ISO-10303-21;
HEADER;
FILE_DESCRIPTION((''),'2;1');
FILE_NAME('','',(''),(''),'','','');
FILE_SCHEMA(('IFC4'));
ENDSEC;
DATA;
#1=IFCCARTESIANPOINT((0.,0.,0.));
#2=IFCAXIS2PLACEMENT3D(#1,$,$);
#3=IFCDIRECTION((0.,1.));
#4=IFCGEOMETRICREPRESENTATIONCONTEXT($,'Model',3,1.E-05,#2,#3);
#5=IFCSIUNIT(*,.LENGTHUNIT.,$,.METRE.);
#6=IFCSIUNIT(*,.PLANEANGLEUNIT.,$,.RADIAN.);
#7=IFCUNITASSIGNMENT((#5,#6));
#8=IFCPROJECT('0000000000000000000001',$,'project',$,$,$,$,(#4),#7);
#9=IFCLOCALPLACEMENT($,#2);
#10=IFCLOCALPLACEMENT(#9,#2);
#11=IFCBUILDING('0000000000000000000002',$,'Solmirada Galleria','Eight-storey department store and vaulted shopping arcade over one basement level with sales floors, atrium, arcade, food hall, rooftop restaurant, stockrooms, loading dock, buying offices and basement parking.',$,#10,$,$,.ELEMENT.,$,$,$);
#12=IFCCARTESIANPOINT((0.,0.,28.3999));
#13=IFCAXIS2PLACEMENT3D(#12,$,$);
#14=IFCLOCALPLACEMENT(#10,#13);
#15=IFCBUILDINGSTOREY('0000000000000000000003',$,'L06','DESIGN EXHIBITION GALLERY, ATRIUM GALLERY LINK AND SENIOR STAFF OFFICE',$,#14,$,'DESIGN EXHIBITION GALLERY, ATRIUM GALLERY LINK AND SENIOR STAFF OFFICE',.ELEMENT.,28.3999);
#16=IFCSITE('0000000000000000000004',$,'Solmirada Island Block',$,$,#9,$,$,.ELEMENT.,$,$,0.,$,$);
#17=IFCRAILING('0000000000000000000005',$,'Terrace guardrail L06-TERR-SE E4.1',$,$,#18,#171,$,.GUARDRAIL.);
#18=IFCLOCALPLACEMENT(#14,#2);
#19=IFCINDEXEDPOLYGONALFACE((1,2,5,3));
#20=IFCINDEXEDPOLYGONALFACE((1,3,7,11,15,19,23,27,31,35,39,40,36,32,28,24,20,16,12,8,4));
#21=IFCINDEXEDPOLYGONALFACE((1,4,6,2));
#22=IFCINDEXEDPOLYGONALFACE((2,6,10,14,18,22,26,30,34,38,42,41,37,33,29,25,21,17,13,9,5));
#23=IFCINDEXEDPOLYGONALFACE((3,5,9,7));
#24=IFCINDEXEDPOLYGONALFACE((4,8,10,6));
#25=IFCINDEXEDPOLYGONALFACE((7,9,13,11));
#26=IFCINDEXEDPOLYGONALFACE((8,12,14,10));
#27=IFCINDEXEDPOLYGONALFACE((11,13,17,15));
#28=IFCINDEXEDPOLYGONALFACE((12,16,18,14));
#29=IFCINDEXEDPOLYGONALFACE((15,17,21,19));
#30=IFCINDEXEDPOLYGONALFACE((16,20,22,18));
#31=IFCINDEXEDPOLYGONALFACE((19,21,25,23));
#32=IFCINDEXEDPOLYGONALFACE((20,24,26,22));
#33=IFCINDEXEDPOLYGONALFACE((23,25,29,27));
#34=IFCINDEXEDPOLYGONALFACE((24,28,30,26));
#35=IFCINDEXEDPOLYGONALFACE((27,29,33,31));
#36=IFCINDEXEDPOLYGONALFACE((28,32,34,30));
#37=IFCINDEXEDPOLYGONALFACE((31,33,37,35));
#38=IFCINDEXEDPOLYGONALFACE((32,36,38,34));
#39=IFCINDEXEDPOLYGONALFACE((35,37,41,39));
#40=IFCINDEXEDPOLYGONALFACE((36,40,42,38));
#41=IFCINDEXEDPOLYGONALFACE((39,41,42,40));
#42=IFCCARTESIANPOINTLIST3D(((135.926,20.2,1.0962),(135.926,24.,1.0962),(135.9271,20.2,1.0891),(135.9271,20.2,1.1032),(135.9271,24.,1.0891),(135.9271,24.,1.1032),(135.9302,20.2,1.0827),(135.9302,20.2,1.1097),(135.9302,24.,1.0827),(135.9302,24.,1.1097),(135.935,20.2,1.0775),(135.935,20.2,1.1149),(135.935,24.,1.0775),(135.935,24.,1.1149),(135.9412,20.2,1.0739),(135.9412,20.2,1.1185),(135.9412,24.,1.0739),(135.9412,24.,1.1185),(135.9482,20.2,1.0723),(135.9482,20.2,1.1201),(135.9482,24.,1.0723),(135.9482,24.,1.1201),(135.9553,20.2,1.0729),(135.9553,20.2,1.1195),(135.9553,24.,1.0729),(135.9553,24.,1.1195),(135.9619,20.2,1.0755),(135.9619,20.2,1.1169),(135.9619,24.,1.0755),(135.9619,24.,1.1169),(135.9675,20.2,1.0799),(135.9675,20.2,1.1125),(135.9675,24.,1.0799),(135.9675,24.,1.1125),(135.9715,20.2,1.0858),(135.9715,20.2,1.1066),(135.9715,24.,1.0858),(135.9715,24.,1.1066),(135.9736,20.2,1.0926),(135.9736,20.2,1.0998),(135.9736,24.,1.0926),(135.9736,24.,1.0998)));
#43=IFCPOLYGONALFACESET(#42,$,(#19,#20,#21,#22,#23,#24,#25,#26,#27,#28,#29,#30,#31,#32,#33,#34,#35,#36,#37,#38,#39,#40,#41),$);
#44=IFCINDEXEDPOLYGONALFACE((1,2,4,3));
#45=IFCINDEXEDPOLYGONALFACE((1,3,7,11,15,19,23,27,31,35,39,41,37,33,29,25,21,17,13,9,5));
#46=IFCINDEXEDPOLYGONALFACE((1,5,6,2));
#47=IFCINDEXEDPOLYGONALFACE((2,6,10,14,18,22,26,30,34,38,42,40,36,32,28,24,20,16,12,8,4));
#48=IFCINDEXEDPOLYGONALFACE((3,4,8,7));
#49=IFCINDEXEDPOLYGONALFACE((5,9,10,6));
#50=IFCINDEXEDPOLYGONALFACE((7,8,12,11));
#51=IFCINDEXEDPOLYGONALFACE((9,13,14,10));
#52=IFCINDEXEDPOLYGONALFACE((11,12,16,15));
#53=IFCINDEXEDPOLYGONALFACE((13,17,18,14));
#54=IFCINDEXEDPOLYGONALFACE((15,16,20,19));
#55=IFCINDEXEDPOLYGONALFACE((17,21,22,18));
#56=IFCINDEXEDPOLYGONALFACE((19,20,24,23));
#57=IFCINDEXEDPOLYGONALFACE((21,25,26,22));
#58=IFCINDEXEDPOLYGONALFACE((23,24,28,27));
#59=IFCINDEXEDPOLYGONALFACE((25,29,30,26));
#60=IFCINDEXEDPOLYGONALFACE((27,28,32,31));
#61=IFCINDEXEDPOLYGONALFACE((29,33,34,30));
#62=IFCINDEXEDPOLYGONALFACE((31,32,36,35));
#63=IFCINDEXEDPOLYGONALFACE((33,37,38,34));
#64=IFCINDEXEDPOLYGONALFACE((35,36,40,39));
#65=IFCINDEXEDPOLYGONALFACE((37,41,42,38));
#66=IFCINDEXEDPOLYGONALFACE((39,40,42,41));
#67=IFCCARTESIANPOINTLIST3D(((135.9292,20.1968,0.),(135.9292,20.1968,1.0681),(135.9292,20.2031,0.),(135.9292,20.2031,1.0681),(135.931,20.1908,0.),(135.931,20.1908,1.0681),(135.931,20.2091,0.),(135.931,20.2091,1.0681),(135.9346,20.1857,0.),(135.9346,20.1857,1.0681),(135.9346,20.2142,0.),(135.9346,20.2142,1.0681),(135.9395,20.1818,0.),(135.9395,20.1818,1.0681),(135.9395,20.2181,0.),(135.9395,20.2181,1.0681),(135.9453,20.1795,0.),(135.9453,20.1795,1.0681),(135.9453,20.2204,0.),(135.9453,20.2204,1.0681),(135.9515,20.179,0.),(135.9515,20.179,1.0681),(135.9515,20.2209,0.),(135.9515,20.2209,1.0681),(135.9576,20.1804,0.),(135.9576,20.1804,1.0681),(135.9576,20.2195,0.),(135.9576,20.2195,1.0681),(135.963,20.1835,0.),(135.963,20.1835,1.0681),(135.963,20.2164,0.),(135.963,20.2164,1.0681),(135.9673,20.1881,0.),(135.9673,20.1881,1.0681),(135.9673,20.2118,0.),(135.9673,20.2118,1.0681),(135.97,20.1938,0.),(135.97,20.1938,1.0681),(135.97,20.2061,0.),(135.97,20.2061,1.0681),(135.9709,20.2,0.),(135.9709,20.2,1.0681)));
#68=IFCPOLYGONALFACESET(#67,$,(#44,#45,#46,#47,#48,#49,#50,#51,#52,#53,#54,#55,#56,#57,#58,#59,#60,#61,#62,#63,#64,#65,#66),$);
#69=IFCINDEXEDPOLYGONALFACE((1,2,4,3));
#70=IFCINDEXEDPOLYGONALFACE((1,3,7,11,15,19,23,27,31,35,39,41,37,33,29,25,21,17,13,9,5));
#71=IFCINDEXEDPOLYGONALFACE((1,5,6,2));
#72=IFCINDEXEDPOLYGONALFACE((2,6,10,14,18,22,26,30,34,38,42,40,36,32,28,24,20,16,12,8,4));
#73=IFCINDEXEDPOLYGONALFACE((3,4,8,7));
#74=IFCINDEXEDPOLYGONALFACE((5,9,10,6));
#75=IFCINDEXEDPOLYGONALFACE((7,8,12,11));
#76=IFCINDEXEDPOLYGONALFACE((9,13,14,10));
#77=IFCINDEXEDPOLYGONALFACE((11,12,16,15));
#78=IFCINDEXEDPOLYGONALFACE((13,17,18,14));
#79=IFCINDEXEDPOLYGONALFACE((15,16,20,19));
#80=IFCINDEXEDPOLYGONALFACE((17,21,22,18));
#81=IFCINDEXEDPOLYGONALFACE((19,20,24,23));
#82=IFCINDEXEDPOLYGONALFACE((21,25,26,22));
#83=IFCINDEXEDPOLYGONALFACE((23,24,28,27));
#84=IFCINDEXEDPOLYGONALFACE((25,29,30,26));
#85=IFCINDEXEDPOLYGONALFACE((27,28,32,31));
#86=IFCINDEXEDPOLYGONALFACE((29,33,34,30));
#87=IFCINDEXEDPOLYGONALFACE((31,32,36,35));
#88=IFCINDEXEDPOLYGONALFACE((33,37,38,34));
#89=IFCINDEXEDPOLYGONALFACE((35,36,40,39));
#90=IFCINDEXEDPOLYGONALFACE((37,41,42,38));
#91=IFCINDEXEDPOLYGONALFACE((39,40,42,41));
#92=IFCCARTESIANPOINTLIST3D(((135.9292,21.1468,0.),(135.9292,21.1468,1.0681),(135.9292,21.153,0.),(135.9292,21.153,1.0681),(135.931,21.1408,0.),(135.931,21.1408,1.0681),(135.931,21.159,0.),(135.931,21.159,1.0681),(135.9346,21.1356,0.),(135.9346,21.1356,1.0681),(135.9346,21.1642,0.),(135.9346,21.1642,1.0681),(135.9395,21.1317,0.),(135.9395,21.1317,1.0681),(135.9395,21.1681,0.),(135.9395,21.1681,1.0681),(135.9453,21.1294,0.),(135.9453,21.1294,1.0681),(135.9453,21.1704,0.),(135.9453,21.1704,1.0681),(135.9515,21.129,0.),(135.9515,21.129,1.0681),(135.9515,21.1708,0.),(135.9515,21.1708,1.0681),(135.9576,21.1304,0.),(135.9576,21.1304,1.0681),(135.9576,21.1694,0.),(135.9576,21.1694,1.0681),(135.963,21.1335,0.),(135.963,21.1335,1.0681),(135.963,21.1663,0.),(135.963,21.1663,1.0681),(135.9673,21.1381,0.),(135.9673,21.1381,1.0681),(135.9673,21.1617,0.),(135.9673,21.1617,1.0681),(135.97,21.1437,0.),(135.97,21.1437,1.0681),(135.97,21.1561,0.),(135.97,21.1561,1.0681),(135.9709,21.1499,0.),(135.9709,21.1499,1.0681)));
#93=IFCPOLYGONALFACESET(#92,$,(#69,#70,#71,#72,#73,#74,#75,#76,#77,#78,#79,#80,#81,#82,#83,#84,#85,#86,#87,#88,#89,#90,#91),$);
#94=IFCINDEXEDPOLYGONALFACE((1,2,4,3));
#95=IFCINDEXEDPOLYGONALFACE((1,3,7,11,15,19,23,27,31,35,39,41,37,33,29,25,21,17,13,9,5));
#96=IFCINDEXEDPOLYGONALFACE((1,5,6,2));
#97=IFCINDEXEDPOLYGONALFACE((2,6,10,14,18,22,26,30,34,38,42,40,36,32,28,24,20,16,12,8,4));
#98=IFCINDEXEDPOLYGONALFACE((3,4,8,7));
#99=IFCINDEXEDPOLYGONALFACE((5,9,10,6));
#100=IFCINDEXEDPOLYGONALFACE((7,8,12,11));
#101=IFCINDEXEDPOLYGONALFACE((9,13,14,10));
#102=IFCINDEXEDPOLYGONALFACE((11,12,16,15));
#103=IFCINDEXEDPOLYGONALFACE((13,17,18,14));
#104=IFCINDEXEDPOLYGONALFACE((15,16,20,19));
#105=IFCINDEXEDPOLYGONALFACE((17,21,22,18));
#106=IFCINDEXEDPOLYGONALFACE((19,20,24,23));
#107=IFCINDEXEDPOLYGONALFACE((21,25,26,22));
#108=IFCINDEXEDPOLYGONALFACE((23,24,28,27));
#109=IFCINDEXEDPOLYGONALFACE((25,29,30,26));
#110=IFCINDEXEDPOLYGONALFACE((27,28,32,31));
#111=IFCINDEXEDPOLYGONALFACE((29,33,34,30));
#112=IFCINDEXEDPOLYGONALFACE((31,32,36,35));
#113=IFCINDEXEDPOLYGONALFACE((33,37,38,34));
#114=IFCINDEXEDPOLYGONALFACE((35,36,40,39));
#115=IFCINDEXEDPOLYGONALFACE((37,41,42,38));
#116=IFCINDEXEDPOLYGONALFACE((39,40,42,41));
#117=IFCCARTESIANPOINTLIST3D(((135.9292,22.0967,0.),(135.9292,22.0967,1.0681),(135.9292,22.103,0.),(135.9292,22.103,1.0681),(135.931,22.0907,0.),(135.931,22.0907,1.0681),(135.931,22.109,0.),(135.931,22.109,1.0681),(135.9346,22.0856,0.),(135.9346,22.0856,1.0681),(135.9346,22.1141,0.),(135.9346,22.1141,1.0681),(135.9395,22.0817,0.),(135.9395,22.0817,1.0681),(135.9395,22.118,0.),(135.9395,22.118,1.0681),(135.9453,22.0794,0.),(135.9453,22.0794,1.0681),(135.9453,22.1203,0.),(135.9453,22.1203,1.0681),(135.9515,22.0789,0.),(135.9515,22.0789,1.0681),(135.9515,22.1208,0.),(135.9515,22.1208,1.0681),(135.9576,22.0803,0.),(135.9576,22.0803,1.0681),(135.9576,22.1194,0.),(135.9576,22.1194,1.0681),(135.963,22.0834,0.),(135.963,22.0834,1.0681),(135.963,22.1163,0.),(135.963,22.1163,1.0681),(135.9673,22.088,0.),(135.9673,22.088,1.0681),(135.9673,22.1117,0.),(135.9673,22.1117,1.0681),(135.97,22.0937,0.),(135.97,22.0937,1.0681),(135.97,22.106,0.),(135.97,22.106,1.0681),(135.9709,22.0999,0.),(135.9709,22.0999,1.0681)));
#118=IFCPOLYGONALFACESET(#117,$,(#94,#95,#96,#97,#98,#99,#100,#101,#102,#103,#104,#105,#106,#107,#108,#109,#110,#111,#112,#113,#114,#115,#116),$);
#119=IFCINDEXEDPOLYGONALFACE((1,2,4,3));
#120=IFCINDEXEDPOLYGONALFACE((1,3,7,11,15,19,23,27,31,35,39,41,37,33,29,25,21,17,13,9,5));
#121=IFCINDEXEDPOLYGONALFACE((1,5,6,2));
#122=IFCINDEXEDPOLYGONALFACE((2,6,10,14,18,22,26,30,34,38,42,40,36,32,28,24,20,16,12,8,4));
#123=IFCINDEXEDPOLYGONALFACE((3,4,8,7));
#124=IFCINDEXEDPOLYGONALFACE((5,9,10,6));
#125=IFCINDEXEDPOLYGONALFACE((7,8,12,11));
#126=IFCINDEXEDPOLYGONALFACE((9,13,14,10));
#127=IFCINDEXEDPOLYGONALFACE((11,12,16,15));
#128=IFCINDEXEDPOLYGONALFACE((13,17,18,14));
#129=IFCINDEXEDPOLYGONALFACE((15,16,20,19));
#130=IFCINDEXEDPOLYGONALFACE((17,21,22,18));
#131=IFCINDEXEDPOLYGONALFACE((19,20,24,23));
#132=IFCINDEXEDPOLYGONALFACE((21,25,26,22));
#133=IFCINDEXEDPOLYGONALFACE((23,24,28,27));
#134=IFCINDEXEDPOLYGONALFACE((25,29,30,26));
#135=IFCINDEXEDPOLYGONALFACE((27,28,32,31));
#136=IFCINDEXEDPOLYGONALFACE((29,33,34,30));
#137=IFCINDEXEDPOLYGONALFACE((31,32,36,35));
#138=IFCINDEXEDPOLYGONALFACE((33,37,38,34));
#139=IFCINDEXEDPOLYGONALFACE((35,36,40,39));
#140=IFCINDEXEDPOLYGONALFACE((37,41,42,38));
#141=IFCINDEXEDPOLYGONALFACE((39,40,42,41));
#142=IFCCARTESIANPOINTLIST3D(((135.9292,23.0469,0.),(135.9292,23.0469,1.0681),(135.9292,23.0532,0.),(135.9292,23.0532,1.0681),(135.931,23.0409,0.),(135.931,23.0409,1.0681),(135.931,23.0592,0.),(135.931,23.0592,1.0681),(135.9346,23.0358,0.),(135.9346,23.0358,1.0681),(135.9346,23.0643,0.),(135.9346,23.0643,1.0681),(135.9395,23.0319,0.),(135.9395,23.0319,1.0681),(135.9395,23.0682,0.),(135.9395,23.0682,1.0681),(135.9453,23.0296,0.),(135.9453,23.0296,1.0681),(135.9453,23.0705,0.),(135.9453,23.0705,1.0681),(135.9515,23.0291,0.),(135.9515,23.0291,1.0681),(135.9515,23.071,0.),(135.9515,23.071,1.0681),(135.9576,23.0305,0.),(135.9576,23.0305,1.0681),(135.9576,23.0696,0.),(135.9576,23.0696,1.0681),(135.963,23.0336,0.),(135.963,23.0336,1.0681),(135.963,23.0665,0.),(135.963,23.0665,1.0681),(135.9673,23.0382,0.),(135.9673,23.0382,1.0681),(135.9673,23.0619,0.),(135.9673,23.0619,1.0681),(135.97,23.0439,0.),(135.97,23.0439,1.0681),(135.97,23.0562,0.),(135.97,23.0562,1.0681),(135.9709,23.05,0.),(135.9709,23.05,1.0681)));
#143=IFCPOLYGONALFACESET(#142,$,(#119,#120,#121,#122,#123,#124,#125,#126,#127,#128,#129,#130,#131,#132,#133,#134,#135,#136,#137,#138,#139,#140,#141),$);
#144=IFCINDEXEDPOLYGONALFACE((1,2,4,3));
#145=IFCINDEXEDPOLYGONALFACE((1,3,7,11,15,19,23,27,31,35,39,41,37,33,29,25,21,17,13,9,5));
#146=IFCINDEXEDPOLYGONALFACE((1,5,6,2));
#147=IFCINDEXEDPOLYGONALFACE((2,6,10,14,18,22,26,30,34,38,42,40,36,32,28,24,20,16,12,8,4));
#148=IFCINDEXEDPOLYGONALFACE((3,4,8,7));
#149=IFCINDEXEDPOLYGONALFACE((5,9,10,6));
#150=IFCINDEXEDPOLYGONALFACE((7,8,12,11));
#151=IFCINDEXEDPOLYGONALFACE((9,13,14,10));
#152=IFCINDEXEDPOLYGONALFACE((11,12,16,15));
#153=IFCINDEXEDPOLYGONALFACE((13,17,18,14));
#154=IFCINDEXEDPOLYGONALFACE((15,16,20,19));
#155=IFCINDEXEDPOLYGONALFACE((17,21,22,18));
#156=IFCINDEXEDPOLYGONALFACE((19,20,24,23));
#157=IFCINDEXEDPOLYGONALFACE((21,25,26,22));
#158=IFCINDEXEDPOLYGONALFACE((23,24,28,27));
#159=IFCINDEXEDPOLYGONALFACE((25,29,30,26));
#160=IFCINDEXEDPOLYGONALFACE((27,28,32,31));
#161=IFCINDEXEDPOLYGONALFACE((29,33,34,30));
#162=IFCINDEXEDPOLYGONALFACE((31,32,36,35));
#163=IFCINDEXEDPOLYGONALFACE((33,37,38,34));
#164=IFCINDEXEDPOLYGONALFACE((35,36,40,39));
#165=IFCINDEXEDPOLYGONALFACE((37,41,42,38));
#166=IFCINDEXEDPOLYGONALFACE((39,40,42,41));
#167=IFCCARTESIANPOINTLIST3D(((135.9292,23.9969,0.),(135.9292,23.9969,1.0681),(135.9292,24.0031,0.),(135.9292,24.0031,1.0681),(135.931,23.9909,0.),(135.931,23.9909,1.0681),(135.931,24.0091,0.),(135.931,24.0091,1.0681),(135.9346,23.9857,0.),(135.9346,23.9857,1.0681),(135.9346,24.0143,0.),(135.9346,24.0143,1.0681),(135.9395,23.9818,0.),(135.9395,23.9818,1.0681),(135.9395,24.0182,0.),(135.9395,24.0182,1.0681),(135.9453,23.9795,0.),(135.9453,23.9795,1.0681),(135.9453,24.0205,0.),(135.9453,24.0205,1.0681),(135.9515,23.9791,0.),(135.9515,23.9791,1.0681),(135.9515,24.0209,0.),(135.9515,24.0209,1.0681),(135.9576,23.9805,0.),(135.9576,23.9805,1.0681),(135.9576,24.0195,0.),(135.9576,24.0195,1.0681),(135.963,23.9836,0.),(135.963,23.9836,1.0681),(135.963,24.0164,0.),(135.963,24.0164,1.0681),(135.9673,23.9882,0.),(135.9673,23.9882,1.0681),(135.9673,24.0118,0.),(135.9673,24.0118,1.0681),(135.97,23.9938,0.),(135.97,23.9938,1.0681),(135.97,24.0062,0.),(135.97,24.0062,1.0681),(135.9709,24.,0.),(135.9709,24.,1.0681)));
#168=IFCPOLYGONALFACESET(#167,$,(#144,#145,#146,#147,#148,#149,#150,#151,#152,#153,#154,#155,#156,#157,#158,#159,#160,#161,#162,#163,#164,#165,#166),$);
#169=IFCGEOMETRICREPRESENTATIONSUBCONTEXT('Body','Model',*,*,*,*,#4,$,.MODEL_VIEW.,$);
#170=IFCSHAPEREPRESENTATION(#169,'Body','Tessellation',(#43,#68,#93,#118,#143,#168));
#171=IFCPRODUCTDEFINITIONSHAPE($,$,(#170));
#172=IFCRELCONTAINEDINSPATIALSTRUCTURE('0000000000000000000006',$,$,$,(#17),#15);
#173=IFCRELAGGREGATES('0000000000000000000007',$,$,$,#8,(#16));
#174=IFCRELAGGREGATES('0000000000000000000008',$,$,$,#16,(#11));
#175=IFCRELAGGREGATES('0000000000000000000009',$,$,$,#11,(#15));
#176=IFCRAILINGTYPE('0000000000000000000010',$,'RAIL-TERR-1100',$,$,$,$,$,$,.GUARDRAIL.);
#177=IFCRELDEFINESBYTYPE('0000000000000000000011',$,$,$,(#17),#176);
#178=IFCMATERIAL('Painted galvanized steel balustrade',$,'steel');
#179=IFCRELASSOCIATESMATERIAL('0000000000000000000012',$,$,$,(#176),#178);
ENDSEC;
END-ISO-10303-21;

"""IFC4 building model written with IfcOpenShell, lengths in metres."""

from ifc_helpers import new_model, si_unit, direction, frame, origin, origin_2d, place, context, subcontext, project, spatial, circle, extrude, material, type_object, element, save


model = new_model("IFC4")

# Units and contexts
model_context = context("Model", 3, precision=1e-05, world=origin(), true_north=direction((0.0, 1.0)))
body_context = subcontext(model_context, "Body", "Model", "MODEL_VIEW")
ifc_project = project(units=[si_unit("LENGTHUNIT", "METRE"), si_unit("PLANEANGLEUNIT", "RADIAN")], contexts=[model_context])

# Site, building, storey
site_placement = place(None, origin())
site = spatial("IfcSite", under=ifc_project, at=site_placement, Name="Solmirada Island Block", CompositionType="ELEMENT", RefElevation=0.0)
building_placement = place(site_placement, origin())
building = spatial("IfcBuilding", under=site, at=building_placement, Name="Solmirada Galleria", Description="Eight-storey department store and vaulted shopping arcade over one basement level with sales floors, atrium, arcade, food hall, rooftop restaurant, stockrooms, loading dock, buying offices and basement parking.", CompositionType="ELEMENT")
storey_placement = place(building_placement, frame((0.0, 0.0, 28.3999)))
storey = spatial("IfcBuildingStorey", under=building, at=storey_placement, Name="L06", Description="DESIGN EXHIBITION GALLERY, ATRIUM GALLERY LINK AND SENIOR STAFF OFFICE", LongName="DESIGN EXHIBITION GALLERY, ATRIUM GALLERY LINK AND SENIOR STAFF OFFICE", CompositionType="ELEMENT", Elevation=28.3999)

# Railing
ifc_material_1 = material(Name="Painted galvanized steel balustrade", Category="steel")
railing_type = type_object("IfcRailingType", Name="RAIL-TERR-1100", PredefinedType="GUARDRAIL", material=ifc_material_1)
railing_1_placement = place(storey_placement, frame((135.95, 20.2, 0.0)))
element("IfcRailing", 1, at=railing_1_placement, inside=storey, type_object=railing_type, Name="Terrace guardrail L06-TERR-SE E4.1", PredefinedType="GUARDRAIL", context=body_context, shape_type="SweptSolid", body=[
    extrude(circle(Radius=0.0239, at=origin_2d()), frame((0.0, 0.0, 1.0962), z_axis=(0.0, 1.0, 0.0), x_axis=(-1.0, 0.0, 0.0)), (0.0, 0.0, 1.0), 3.8),
    extrude(circle(Radius=0.021, at=origin_2d()), origin(), (0.0, 0.0, 1.0), 1.0681),
    extrude(circle(Radius=0.021, at=origin_2d()), frame((0.0, 0.95, 0.0)), (0.0, 0.0, 1.0), 1.0681),
    extrude(circle(Radius=0.021, at=origin_2d()), frame((0.0, 1.8999, 0.0)), (0.0, 0.0, 1.0), 1.0681),
    extrude(circle(Radius=0.021, at=origin_2d()), frame((0.0, 2.8501, 0.0)), (0.0, 0.0, 1.0), 1.0681),
    extrude(circle(Radius=0.021, at=origin_2d()), frame((0.0, 3.8, 0.0)), (0.0, 0.0, 1.0), 1.0681),
])

save(model, "model.ifc")
